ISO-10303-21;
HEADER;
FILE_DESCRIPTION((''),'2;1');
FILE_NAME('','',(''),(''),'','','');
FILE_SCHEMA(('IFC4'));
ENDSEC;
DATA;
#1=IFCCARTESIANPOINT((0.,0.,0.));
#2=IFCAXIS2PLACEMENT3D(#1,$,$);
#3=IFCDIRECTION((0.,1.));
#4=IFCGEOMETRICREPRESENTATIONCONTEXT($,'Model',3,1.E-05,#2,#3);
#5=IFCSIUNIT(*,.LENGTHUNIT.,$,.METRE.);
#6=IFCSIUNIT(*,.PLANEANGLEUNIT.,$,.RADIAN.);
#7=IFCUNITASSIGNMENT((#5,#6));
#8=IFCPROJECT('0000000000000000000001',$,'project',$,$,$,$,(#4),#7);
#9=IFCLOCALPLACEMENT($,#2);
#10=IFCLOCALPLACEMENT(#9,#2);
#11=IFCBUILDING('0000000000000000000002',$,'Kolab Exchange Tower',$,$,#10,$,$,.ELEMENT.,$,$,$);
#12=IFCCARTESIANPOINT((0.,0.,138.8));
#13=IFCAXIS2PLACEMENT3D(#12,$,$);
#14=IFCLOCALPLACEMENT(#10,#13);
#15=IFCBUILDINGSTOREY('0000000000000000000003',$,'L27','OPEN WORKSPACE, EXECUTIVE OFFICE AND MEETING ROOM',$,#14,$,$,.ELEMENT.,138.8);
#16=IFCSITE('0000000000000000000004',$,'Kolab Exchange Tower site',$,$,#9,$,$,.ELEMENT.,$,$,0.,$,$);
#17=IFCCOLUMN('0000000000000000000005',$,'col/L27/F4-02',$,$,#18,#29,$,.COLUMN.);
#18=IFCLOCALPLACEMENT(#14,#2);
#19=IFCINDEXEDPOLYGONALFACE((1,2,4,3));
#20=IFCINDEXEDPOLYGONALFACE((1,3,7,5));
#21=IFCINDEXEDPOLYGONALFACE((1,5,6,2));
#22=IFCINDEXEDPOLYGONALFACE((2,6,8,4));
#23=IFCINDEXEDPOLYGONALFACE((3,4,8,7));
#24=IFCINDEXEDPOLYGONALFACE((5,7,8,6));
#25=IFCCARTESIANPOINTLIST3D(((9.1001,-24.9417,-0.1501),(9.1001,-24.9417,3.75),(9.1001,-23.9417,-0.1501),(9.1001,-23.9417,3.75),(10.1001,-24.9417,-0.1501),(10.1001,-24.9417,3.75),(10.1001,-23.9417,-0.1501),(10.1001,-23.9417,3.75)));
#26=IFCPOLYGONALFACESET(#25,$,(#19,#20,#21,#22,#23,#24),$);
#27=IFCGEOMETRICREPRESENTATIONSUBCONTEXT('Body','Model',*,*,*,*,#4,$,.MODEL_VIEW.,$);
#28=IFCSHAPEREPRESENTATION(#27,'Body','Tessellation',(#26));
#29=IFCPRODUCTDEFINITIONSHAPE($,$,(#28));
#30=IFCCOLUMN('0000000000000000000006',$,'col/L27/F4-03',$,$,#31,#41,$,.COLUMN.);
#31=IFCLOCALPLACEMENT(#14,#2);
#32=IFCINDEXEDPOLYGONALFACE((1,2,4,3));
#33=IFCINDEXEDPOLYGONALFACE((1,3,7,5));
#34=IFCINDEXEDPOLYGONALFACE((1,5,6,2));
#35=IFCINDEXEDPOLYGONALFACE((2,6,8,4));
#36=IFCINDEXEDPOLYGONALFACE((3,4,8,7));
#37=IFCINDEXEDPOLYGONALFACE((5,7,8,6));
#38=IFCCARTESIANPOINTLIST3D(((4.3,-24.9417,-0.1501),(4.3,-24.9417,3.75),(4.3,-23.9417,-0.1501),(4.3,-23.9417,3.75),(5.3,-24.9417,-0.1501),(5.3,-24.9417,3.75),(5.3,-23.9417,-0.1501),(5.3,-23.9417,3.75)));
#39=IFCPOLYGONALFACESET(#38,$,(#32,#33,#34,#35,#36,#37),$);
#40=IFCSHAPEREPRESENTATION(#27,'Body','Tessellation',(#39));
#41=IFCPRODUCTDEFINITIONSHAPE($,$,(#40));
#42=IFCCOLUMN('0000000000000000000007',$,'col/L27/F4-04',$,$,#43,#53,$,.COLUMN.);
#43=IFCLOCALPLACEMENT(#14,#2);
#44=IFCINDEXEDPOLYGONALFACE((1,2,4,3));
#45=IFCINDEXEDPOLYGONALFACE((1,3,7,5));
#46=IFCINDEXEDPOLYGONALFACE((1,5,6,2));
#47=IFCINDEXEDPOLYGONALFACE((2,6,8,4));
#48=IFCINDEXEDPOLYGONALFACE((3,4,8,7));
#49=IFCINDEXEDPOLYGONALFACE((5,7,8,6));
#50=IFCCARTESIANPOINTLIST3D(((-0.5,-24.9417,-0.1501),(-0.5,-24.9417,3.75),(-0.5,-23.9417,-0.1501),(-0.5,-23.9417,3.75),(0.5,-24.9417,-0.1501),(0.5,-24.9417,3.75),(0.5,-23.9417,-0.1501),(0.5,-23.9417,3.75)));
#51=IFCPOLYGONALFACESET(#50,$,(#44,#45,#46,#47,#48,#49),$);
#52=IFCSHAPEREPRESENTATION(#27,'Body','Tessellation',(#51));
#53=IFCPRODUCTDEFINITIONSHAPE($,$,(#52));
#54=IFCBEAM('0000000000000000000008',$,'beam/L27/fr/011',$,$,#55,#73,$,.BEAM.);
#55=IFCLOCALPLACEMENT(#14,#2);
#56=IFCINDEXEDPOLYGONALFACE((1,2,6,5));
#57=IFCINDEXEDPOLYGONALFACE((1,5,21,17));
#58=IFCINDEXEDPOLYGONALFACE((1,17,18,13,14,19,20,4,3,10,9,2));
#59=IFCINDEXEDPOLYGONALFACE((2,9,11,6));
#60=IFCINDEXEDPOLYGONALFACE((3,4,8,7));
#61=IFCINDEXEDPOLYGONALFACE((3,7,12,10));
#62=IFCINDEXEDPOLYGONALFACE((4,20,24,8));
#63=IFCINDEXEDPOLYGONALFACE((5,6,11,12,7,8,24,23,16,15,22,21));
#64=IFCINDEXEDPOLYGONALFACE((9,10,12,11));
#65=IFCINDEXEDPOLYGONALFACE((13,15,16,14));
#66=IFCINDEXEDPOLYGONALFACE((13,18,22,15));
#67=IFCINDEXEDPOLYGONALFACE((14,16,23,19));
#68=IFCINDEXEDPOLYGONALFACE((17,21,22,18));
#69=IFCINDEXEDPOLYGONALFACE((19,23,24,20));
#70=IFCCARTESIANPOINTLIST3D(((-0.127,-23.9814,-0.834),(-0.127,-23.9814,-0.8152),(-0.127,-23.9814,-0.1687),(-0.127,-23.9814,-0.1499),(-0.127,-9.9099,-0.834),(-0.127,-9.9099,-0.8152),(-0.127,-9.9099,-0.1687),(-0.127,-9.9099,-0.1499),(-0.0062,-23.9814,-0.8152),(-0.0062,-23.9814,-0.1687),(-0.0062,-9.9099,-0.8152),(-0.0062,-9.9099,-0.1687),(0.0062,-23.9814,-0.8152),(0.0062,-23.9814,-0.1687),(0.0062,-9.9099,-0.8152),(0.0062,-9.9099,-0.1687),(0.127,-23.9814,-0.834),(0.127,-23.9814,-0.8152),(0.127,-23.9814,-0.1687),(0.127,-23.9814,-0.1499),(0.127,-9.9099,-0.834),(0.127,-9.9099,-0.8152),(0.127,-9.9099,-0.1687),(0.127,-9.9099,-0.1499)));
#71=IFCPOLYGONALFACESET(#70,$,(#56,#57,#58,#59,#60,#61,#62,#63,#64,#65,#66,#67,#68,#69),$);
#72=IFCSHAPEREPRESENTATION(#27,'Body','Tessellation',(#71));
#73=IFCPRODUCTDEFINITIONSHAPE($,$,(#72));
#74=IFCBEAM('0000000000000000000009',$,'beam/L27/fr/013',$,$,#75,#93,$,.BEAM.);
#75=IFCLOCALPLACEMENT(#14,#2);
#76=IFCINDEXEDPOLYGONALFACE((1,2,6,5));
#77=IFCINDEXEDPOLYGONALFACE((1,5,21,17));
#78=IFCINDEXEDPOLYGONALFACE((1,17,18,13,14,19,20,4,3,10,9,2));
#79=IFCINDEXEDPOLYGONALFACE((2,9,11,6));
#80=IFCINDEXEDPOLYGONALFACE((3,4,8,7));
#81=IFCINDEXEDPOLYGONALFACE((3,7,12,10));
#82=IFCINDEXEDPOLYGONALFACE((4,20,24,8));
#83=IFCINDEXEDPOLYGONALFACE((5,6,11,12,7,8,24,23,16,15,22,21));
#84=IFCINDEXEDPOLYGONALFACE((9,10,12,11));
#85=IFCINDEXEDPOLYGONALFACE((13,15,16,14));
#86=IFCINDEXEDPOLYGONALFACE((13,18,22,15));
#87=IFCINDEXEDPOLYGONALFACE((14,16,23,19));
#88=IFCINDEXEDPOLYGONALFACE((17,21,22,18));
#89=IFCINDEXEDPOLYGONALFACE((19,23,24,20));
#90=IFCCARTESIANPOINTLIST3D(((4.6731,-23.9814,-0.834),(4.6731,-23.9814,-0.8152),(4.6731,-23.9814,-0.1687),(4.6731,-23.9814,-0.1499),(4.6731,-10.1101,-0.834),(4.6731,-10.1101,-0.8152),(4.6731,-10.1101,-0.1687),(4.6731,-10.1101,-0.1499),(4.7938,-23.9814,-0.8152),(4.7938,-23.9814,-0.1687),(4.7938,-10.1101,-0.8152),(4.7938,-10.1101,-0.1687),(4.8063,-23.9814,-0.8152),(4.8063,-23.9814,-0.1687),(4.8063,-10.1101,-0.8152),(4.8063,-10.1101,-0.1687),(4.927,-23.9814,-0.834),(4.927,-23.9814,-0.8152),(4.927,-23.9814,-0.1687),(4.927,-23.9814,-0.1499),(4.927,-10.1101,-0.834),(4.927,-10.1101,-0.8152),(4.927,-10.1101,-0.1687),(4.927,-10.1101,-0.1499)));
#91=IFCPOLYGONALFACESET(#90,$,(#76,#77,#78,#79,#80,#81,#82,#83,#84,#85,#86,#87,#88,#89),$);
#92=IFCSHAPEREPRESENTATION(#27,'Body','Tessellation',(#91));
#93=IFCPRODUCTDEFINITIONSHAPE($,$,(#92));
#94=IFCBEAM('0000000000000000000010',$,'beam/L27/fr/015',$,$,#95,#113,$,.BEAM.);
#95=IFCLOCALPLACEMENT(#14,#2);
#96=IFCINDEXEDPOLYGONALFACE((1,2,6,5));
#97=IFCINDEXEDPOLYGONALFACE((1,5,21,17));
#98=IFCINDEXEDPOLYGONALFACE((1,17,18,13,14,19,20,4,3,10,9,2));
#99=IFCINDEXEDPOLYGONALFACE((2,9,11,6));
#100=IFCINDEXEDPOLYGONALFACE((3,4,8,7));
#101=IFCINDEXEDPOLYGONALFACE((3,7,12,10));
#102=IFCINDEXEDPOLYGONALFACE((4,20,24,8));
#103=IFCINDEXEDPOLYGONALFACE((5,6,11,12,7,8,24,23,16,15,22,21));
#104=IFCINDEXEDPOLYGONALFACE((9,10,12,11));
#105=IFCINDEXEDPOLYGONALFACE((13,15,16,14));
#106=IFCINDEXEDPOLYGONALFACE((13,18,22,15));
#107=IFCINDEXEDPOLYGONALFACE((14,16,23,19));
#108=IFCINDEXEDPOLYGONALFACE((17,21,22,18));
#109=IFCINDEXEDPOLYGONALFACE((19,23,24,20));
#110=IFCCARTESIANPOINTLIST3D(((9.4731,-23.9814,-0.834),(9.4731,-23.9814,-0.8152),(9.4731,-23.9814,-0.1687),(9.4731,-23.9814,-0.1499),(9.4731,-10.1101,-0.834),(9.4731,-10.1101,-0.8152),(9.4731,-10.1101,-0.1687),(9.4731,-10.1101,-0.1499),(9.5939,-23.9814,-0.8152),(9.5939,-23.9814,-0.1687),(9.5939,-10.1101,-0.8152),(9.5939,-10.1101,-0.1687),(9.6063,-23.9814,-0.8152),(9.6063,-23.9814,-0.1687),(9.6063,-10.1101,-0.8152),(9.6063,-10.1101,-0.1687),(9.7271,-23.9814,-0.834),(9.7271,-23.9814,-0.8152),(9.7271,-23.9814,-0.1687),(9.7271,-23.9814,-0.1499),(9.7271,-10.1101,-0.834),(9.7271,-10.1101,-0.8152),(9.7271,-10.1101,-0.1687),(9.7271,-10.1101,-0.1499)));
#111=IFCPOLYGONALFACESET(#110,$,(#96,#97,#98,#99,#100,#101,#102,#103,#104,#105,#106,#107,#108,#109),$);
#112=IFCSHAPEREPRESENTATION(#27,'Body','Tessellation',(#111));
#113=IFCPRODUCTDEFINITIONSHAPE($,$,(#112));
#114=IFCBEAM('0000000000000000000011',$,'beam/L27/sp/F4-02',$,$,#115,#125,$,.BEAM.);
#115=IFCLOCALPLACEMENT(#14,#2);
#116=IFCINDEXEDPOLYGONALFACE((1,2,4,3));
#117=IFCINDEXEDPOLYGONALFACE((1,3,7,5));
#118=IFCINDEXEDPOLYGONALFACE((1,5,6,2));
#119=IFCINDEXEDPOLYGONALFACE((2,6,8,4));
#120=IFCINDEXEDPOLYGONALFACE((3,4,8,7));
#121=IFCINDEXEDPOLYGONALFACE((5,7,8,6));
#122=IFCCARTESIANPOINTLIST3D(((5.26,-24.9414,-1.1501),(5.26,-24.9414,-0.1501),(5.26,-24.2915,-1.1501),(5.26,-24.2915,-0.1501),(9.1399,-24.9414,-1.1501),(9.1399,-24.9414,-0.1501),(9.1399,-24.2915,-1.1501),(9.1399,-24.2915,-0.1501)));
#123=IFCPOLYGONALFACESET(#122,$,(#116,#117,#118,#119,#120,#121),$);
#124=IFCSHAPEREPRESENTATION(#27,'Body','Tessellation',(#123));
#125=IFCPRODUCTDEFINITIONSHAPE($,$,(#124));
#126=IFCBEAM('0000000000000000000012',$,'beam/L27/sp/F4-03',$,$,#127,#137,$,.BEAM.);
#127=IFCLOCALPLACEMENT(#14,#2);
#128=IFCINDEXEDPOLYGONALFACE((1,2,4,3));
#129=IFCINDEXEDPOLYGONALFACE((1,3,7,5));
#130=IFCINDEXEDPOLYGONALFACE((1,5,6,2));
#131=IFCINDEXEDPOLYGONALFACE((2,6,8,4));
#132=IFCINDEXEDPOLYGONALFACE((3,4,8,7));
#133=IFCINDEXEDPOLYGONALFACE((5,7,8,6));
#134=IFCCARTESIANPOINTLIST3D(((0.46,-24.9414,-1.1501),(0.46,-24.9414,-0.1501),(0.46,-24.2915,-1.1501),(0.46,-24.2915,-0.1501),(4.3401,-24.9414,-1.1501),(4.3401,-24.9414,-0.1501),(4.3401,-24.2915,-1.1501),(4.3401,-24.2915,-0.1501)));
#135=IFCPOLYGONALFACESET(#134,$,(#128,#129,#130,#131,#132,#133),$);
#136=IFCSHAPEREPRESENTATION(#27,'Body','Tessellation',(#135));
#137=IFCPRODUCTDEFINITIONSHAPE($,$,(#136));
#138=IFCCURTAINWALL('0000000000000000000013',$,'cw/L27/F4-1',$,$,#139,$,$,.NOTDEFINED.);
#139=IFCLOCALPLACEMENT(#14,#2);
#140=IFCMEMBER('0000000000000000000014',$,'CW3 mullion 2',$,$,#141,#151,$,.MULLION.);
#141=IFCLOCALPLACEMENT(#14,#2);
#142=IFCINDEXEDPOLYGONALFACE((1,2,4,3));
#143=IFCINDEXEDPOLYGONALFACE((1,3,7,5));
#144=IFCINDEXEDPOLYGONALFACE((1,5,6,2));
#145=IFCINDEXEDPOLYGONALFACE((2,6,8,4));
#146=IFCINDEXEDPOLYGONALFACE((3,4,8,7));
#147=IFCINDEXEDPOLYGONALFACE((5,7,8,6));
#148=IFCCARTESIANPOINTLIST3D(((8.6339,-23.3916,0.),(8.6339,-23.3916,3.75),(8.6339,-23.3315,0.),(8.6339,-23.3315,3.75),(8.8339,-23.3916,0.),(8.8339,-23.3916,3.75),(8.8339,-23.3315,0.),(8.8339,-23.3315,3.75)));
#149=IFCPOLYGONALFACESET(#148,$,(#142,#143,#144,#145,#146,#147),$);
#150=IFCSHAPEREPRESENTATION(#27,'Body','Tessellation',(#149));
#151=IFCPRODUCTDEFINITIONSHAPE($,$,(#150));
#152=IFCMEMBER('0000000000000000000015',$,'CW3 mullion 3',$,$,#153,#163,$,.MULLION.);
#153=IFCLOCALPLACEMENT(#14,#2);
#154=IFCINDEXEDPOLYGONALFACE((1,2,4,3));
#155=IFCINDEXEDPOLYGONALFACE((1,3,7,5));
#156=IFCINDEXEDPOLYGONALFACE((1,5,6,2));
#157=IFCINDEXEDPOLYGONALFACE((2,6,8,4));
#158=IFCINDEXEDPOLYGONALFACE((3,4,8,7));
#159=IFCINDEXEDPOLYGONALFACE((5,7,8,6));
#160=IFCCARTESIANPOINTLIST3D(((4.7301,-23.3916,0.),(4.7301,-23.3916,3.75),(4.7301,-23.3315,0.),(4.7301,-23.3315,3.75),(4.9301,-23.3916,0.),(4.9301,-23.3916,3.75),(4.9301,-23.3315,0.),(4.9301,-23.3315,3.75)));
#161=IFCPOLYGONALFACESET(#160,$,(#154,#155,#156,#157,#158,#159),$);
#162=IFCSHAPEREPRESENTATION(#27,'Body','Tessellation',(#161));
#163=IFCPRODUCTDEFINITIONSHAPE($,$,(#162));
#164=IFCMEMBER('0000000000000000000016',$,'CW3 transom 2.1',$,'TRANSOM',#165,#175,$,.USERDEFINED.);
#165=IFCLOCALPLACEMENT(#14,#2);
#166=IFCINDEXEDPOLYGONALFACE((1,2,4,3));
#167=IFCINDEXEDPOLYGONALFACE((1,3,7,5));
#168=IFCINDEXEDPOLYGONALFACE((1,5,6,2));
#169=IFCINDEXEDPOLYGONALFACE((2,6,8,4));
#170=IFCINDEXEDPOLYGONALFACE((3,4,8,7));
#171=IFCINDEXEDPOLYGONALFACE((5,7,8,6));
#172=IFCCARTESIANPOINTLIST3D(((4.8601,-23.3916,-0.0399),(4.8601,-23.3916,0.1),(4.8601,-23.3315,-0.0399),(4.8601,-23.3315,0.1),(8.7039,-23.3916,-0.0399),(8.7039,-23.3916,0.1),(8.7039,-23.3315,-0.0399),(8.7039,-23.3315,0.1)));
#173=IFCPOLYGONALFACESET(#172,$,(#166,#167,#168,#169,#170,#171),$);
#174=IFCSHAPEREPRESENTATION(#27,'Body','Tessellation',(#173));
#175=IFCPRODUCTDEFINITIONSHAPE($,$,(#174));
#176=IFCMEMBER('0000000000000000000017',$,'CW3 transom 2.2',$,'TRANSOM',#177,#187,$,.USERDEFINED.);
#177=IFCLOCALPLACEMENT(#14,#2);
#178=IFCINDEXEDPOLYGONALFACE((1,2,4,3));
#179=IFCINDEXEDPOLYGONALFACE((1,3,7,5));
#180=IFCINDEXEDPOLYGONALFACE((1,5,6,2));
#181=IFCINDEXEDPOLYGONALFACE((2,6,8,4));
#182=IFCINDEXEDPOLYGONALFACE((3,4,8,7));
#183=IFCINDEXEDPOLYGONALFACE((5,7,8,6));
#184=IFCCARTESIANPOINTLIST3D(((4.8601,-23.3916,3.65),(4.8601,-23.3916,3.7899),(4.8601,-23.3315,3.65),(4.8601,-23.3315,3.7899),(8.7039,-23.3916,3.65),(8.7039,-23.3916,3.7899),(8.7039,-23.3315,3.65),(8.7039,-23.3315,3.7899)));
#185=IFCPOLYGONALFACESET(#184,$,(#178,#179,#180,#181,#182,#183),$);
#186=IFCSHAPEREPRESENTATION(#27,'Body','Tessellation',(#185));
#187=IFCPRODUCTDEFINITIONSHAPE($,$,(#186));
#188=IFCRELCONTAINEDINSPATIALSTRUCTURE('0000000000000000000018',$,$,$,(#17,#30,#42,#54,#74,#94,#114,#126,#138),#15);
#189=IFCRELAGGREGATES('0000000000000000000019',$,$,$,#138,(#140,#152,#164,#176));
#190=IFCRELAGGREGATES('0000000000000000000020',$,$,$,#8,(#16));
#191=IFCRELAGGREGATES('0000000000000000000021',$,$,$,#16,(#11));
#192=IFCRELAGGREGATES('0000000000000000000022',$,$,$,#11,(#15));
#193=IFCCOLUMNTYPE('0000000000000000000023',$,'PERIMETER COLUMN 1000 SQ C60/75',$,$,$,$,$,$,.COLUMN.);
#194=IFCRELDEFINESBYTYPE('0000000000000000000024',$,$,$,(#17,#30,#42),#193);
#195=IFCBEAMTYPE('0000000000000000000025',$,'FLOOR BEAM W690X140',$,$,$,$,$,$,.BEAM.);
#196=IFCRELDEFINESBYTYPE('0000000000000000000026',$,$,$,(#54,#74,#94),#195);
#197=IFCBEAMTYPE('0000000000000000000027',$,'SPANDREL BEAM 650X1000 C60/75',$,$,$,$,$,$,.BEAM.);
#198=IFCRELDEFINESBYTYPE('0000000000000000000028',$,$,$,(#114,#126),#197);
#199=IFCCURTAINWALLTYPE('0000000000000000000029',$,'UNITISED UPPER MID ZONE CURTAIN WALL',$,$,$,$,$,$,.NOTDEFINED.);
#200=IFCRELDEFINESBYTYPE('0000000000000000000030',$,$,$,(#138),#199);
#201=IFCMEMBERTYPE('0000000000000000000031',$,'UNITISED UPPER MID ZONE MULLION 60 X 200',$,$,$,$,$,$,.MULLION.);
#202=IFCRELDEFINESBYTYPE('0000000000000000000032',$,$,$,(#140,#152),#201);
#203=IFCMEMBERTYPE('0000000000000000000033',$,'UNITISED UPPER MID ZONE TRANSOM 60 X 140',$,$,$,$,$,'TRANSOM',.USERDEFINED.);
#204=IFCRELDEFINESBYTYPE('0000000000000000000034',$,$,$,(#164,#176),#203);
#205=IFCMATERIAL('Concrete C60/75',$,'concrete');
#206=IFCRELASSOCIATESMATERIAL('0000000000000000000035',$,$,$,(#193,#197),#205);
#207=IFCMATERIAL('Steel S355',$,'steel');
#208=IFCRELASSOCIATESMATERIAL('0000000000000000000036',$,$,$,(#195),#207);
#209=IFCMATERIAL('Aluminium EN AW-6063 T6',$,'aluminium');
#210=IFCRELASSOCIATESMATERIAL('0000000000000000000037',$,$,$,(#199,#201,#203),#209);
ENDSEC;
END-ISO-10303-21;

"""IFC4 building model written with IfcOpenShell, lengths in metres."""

from ifc_helpers import new_model, si_unit, direction, frame, origin, origin_2d, place, context, subcontext, project, spatial, rectangle, i_section, extrude, material, material_profile, profile_set, type_object, element, aggregate, save


model = new_model("IFC4")

# Units and contexts
model_context = context("Model", 3, precision=1e-05, world=origin(), true_north=direction((0.0, 1.0)))
body_context = subcontext(model_context, "Body", "Model", "MODEL_VIEW")
ifc_project = project(units=[si_unit("LENGTHUNIT", "METRE"), si_unit("PLANEANGLEUNIT", "RADIAN")], contexts=[model_context])

# Site, building, storey
site_placement = place(None, origin())
site = spatial("IfcSite", under=ifc_project, at=site_placement, Name="Kolab Exchange Tower site", CompositionType="ELEMENT", RefElevation=0.0)
building_placement = place(site_placement, origin())
building = spatial("IfcBuilding", under=site, at=building_placement, Name="Kolab Exchange Tower", CompositionType="ELEMENT")
storey_placement = place(building_placement, frame((0.0, 0.0, 138.8)))
storey = spatial("IfcBuildingStorey", under=building, at=storey_placement, Name="L27", Description="OPEN WORKSPACE, EXECUTIVE OFFICE AND MEETING ROOM", CompositionType="ELEMENT", Elevation=138.8)

# Columns
ifc_material_1 = material(Name="Concrete C60/75", Category="concrete")
ifc_material_profile_1 = material_profile(ifc_material_1, rectangle(XDim=1.0, YDim=1.0, at=origin_2d()), Name="RC1000")
ifc_profile_set_1 = profile_set([ifc_material_profile_1], Name="Concrete C60/75")
column_type = type_object("IfcColumnType", Name="PERIMETER COLUMN 1000 SQ C60/75", PredefinedType="COLUMN", material=ifc_profile_set_1)
for number, where, z_axis, x_axis, name in (
    (1, (9.6001, -24.4417, -0.1501), (0.0, 0.0, 1.0), (1.0, 0.0, 0.0), "col/L27/F4-02"),
    (2, (4.8, -24.4417, -0.1501), (0.0, 0.0, 1.0), (1.0, 0.0, 0.0), "col/L27/F4-03"),
    (3, (0.0, -24.4417, -0.1501), (0.0, 0.0, 1.0), (1.0, 0.0, 0.0), "col/L27/F4-04"),
):
    element("IfcColumn", number, at=place(storey_placement, frame(where, z_axis=z_axis, x_axis=x_axis)), inside=storey, type_object=column_type, Name=name, PredefinedType="COLUMN", context=body_context, shape_type="SweptSolid", body=[
        extrude(rectangle(XDim=1.0, YDim=1.0, at=origin_2d()), origin(), (0.0, 0.0, 1.0), 3.9001),
    ])

# Beams
ifc_material_2 = material(Name="Steel S355", Category="steel")
ifc_material_profile_2 = material_profile(ifc_material_2, i_section(OverallWidth=0.2539, OverallDepth=0.6841, WebThickness=0.0125, FlangeThickness=0.0188, at=origin_2d()), Name="W690X140")
ifc_profile_set_2 = profile_set([ifc_material_profile_2], Name="Steel S355")
beam_type_1 = type_object("IfcBeamType", Name="FLOOR BEAM W690X140", PredefinedType="BEAM", material=ifc_profile_set_2)
beam_1_placement = place(storey_placement, frame((0.0, -23.9814, -0.4919), z_axis=(0.0, 1.0, 0.0), x_axis=(-1.0, 0.0, 0.0)))
element("IfcBeam", 4, at=beam_1_placement, inside=storey, type_object=beam_type_1, Name="beam/L27/fr/011", PredefinedType="BEAM", context=body_context, shape_type="SweptSolid", body=[
    extrude(i_section(OverallWidth=0.2539, OverallDepth=0.6841, WebThickness=0.0125, FlangeThickness=0.0188, at=origin_2d()), origin(), (0.0, 0.0, 1.0), 14.0715),
])
for number, where, z_axis, x_axis, name in (
    (5, (4.8, -23.9814, -0.4919), (0.0, 1.0, 0.0), (-1.0, 0.0, 0.0), "beam/L27/fr/013"),
    (6, (9.6001, -23.9814, -0.4919), (0.0, 1.0, 0.0), (-1.0, 0.0, 0.0), "beam/L27/fr/015"),
):
    element("IfcBeam", number, at=place(storey_placement, frame(where, z_axis=z_axis, x_axis=x_axis)), inside=storey, type_object=beam_type_1, Name=name, PredefinedType="BEAM", context=body_context, shape_type="SweptSolid", body=[
        extrude(i_section(OverallWidth=0.2539, OverallDepth=0.6841, WebThickness=0.0125, FlangeThickness=0.0188, at=origin_2d()), origin(), (0.0, 0.0, 1.0), 13.8713),
    ])
ifc_material_profile_3 = material_profile(ifc_material_1, rectangle(XDim=0.6499, YDim=1.0, at=origin_2d()), Name="RC650X1000")
ifc_profile_set_3 = profile_set([ifc_material_profile_3], Name="Concrete C60/75")
beam_type_2 = type_object("IfcBeamType", Name="SPANDREL BEAM 650X1000 C60/75", PredefinedType="BEAM", material=ifc_profile_set_3)
beam_2_placement = place(storey_placement, frame((9.1399, -24.6165, -0.6501), z_axis=(-1.0, 0.0, 0.0), x_axis=(0.0, -1.0, 0.0)))
element("IfcBeam", 7, at=beam_2_placement, inside=storey, type_object=beam_type_2, Name="beam/L27/sp/F4-02", PredefinedType="BEAM", context=body_context, shape_type="SweptSolid", body=[
    extrude(rectangle(XDim=0.6499, YDim=1.0, at=origin_2d()), origin(), (0.0, 0.0, 1.0), 3.8799),
])
beam_3_placement = place(storey_placement, frame((4.3401, -24.6165, -0.6501), z_axis=(-1.0, 0.0, 0.0), x_axis=(0.0, -1.0, 0.0)))
element("IfcBeam", 8, at=beam_3_placement, inside=storey, type_object=beam_type_2, Name="beam/L27/sp/F4-03", PredefinedType="BEAM", context=body_context, shape_type="SweptSolid", body=[
    extrude(rectangle(XDim=0.6499, YDim=1.0, at=origin_2d()), origin(), (0.0, 0.0, 1.0), 3.8801),
])

# Curtain wall, members
ifc_material_3 = material(Name="Aluminium EN AW-6063 T6", Category="aluminium")
curtain_wall_type = type_object("IfcCurtainWallType", Name="UNITISED UPPER MID ZONE CURTAIN WALL", PredefinedType="NOTDEFINED", material=ifc_material_3)
curtain_wall_placement = place(storey_placement, origin())
curtain_wall = element("IfcCurtainWall", 9, at=curtain_wall_placement, inside=storey, type_object=curtain_wall_type, Name="cw/L27/F4-1", PredefinedType="NOTDEFINED")
ifc_material_profile_4 = material_profile(ifc_material_3, rectangle(XDim=0.0601, YDim=0.2, at=origin_2d()), Name="RECT 60X200")
ifc_profile_set_4 = profile_set([ifc_material_profile_4], Name="Aluminium EN AW-6063 T6")
member_type_1 = type_object("IfcMemberType", Name="UNITISED UPPER MID ZONE MULLION 60 X 200", PredefinedType="MULLION", material=ifc_profile_set_4)
member_1_placement = place(storey_placement, frame((8.7339, -23.3616, 0.0), z_axis=(0.0, 0.0, 1.0), x_axis=(0.0, -1.0, 0.0)))
member_1 = element("IfcMember", 10, at=member_1_placement, type_object=member_type_1, Name="CW3 mullion 2", PredefinedType="MULLION", context=body_context, shape_type="SweptSolid", body=[
    extrude(rectangle(XDim=0.0601, YDim=0.2, at=origin_2d()), origin(), (0.0, 0.0, 1.0), 3.75),
])
member_2_placement = place(storey_placement, frame((4.8301, -23.3616, 0.0), z_axis=(0.0, 0.0, 1.0), x_axis=(0.0, -1.0, 0.0)))
member_2 = element("IfcMember", 11, at=member_2_placement, type_object=member_type_1, Name="CW3 mullion 3", PredefinedType="MULLION", context=body_context, shape_type="SweptSolid", body=[
    extrude(rectangle(XDim=0.0601, YDim=0.2, at=origin_2d()), origin(), (0.0, 0.0, 1.0), 3.75),
])
ifc_material_profile_5 = material_profile(ifc_material_3, rectangle(XDim=0.0601, YDim=0.1399, at=origin_2d()), Name="RECT 60X140")
ifc_profile_set_5 = profile_set([ifc_material_profile_5], Name="Aluminium EN AW-6063 T6")
member_type_2 = type_object("IfcMemberType", Name="UNITISED UPPER MID ZONE TRANSOM 60 X 140", ElementType="TRANSOM", PredefinedType="USERDEFINED", material=ifc_profile_set_5)
member_3_placement = place(storey_placement, frame((8.7039, -23.3616, 0.03), z_axis=(-1.0, 0.0, 0.0), x_axis=(0.0, -1.0, 0.0)))
member_3 = element("IfcMember", 12, at=member_3_placement, type_object=member_type_2, Name="CW3 transom 2.1", ObjectType="TRANSOM", PredefinedType="USERDEFINED", context=body_context, shape_type="SweptSolid", body=[
    extrude(rectangle(XDim=0.0601, YDim=0.1399, at=origin_2d()), origin(), (0.0, 0.0, 1.0), 3.8438),
])
member_4_placement = place(storey_placement, frame((8.7039, -23.3616, 3.72), z_axis=(-1.0, 0.0, 0.0), x_axis=(0.0, -1.0, 0.0)))
member_4 = element("IfcMember", 13, at=member_4_placement, type_object=member_type_2, Name="CW3 transom 2.2", ObjectType="TRANSOM", PredefinedType="USERDEFINED", context=body_context, shape_type="SweptSolid", body=[
    extrude(rectangle(XDim=0.0601, YDim=0.1399, at=origin_2d()), origin(), (0.0, 0.0, 1.0), 3.8438),
])
aggregate(curtain_wall, [member_1, member_2, member_3, member_4])

save(model, "model.ifc")
